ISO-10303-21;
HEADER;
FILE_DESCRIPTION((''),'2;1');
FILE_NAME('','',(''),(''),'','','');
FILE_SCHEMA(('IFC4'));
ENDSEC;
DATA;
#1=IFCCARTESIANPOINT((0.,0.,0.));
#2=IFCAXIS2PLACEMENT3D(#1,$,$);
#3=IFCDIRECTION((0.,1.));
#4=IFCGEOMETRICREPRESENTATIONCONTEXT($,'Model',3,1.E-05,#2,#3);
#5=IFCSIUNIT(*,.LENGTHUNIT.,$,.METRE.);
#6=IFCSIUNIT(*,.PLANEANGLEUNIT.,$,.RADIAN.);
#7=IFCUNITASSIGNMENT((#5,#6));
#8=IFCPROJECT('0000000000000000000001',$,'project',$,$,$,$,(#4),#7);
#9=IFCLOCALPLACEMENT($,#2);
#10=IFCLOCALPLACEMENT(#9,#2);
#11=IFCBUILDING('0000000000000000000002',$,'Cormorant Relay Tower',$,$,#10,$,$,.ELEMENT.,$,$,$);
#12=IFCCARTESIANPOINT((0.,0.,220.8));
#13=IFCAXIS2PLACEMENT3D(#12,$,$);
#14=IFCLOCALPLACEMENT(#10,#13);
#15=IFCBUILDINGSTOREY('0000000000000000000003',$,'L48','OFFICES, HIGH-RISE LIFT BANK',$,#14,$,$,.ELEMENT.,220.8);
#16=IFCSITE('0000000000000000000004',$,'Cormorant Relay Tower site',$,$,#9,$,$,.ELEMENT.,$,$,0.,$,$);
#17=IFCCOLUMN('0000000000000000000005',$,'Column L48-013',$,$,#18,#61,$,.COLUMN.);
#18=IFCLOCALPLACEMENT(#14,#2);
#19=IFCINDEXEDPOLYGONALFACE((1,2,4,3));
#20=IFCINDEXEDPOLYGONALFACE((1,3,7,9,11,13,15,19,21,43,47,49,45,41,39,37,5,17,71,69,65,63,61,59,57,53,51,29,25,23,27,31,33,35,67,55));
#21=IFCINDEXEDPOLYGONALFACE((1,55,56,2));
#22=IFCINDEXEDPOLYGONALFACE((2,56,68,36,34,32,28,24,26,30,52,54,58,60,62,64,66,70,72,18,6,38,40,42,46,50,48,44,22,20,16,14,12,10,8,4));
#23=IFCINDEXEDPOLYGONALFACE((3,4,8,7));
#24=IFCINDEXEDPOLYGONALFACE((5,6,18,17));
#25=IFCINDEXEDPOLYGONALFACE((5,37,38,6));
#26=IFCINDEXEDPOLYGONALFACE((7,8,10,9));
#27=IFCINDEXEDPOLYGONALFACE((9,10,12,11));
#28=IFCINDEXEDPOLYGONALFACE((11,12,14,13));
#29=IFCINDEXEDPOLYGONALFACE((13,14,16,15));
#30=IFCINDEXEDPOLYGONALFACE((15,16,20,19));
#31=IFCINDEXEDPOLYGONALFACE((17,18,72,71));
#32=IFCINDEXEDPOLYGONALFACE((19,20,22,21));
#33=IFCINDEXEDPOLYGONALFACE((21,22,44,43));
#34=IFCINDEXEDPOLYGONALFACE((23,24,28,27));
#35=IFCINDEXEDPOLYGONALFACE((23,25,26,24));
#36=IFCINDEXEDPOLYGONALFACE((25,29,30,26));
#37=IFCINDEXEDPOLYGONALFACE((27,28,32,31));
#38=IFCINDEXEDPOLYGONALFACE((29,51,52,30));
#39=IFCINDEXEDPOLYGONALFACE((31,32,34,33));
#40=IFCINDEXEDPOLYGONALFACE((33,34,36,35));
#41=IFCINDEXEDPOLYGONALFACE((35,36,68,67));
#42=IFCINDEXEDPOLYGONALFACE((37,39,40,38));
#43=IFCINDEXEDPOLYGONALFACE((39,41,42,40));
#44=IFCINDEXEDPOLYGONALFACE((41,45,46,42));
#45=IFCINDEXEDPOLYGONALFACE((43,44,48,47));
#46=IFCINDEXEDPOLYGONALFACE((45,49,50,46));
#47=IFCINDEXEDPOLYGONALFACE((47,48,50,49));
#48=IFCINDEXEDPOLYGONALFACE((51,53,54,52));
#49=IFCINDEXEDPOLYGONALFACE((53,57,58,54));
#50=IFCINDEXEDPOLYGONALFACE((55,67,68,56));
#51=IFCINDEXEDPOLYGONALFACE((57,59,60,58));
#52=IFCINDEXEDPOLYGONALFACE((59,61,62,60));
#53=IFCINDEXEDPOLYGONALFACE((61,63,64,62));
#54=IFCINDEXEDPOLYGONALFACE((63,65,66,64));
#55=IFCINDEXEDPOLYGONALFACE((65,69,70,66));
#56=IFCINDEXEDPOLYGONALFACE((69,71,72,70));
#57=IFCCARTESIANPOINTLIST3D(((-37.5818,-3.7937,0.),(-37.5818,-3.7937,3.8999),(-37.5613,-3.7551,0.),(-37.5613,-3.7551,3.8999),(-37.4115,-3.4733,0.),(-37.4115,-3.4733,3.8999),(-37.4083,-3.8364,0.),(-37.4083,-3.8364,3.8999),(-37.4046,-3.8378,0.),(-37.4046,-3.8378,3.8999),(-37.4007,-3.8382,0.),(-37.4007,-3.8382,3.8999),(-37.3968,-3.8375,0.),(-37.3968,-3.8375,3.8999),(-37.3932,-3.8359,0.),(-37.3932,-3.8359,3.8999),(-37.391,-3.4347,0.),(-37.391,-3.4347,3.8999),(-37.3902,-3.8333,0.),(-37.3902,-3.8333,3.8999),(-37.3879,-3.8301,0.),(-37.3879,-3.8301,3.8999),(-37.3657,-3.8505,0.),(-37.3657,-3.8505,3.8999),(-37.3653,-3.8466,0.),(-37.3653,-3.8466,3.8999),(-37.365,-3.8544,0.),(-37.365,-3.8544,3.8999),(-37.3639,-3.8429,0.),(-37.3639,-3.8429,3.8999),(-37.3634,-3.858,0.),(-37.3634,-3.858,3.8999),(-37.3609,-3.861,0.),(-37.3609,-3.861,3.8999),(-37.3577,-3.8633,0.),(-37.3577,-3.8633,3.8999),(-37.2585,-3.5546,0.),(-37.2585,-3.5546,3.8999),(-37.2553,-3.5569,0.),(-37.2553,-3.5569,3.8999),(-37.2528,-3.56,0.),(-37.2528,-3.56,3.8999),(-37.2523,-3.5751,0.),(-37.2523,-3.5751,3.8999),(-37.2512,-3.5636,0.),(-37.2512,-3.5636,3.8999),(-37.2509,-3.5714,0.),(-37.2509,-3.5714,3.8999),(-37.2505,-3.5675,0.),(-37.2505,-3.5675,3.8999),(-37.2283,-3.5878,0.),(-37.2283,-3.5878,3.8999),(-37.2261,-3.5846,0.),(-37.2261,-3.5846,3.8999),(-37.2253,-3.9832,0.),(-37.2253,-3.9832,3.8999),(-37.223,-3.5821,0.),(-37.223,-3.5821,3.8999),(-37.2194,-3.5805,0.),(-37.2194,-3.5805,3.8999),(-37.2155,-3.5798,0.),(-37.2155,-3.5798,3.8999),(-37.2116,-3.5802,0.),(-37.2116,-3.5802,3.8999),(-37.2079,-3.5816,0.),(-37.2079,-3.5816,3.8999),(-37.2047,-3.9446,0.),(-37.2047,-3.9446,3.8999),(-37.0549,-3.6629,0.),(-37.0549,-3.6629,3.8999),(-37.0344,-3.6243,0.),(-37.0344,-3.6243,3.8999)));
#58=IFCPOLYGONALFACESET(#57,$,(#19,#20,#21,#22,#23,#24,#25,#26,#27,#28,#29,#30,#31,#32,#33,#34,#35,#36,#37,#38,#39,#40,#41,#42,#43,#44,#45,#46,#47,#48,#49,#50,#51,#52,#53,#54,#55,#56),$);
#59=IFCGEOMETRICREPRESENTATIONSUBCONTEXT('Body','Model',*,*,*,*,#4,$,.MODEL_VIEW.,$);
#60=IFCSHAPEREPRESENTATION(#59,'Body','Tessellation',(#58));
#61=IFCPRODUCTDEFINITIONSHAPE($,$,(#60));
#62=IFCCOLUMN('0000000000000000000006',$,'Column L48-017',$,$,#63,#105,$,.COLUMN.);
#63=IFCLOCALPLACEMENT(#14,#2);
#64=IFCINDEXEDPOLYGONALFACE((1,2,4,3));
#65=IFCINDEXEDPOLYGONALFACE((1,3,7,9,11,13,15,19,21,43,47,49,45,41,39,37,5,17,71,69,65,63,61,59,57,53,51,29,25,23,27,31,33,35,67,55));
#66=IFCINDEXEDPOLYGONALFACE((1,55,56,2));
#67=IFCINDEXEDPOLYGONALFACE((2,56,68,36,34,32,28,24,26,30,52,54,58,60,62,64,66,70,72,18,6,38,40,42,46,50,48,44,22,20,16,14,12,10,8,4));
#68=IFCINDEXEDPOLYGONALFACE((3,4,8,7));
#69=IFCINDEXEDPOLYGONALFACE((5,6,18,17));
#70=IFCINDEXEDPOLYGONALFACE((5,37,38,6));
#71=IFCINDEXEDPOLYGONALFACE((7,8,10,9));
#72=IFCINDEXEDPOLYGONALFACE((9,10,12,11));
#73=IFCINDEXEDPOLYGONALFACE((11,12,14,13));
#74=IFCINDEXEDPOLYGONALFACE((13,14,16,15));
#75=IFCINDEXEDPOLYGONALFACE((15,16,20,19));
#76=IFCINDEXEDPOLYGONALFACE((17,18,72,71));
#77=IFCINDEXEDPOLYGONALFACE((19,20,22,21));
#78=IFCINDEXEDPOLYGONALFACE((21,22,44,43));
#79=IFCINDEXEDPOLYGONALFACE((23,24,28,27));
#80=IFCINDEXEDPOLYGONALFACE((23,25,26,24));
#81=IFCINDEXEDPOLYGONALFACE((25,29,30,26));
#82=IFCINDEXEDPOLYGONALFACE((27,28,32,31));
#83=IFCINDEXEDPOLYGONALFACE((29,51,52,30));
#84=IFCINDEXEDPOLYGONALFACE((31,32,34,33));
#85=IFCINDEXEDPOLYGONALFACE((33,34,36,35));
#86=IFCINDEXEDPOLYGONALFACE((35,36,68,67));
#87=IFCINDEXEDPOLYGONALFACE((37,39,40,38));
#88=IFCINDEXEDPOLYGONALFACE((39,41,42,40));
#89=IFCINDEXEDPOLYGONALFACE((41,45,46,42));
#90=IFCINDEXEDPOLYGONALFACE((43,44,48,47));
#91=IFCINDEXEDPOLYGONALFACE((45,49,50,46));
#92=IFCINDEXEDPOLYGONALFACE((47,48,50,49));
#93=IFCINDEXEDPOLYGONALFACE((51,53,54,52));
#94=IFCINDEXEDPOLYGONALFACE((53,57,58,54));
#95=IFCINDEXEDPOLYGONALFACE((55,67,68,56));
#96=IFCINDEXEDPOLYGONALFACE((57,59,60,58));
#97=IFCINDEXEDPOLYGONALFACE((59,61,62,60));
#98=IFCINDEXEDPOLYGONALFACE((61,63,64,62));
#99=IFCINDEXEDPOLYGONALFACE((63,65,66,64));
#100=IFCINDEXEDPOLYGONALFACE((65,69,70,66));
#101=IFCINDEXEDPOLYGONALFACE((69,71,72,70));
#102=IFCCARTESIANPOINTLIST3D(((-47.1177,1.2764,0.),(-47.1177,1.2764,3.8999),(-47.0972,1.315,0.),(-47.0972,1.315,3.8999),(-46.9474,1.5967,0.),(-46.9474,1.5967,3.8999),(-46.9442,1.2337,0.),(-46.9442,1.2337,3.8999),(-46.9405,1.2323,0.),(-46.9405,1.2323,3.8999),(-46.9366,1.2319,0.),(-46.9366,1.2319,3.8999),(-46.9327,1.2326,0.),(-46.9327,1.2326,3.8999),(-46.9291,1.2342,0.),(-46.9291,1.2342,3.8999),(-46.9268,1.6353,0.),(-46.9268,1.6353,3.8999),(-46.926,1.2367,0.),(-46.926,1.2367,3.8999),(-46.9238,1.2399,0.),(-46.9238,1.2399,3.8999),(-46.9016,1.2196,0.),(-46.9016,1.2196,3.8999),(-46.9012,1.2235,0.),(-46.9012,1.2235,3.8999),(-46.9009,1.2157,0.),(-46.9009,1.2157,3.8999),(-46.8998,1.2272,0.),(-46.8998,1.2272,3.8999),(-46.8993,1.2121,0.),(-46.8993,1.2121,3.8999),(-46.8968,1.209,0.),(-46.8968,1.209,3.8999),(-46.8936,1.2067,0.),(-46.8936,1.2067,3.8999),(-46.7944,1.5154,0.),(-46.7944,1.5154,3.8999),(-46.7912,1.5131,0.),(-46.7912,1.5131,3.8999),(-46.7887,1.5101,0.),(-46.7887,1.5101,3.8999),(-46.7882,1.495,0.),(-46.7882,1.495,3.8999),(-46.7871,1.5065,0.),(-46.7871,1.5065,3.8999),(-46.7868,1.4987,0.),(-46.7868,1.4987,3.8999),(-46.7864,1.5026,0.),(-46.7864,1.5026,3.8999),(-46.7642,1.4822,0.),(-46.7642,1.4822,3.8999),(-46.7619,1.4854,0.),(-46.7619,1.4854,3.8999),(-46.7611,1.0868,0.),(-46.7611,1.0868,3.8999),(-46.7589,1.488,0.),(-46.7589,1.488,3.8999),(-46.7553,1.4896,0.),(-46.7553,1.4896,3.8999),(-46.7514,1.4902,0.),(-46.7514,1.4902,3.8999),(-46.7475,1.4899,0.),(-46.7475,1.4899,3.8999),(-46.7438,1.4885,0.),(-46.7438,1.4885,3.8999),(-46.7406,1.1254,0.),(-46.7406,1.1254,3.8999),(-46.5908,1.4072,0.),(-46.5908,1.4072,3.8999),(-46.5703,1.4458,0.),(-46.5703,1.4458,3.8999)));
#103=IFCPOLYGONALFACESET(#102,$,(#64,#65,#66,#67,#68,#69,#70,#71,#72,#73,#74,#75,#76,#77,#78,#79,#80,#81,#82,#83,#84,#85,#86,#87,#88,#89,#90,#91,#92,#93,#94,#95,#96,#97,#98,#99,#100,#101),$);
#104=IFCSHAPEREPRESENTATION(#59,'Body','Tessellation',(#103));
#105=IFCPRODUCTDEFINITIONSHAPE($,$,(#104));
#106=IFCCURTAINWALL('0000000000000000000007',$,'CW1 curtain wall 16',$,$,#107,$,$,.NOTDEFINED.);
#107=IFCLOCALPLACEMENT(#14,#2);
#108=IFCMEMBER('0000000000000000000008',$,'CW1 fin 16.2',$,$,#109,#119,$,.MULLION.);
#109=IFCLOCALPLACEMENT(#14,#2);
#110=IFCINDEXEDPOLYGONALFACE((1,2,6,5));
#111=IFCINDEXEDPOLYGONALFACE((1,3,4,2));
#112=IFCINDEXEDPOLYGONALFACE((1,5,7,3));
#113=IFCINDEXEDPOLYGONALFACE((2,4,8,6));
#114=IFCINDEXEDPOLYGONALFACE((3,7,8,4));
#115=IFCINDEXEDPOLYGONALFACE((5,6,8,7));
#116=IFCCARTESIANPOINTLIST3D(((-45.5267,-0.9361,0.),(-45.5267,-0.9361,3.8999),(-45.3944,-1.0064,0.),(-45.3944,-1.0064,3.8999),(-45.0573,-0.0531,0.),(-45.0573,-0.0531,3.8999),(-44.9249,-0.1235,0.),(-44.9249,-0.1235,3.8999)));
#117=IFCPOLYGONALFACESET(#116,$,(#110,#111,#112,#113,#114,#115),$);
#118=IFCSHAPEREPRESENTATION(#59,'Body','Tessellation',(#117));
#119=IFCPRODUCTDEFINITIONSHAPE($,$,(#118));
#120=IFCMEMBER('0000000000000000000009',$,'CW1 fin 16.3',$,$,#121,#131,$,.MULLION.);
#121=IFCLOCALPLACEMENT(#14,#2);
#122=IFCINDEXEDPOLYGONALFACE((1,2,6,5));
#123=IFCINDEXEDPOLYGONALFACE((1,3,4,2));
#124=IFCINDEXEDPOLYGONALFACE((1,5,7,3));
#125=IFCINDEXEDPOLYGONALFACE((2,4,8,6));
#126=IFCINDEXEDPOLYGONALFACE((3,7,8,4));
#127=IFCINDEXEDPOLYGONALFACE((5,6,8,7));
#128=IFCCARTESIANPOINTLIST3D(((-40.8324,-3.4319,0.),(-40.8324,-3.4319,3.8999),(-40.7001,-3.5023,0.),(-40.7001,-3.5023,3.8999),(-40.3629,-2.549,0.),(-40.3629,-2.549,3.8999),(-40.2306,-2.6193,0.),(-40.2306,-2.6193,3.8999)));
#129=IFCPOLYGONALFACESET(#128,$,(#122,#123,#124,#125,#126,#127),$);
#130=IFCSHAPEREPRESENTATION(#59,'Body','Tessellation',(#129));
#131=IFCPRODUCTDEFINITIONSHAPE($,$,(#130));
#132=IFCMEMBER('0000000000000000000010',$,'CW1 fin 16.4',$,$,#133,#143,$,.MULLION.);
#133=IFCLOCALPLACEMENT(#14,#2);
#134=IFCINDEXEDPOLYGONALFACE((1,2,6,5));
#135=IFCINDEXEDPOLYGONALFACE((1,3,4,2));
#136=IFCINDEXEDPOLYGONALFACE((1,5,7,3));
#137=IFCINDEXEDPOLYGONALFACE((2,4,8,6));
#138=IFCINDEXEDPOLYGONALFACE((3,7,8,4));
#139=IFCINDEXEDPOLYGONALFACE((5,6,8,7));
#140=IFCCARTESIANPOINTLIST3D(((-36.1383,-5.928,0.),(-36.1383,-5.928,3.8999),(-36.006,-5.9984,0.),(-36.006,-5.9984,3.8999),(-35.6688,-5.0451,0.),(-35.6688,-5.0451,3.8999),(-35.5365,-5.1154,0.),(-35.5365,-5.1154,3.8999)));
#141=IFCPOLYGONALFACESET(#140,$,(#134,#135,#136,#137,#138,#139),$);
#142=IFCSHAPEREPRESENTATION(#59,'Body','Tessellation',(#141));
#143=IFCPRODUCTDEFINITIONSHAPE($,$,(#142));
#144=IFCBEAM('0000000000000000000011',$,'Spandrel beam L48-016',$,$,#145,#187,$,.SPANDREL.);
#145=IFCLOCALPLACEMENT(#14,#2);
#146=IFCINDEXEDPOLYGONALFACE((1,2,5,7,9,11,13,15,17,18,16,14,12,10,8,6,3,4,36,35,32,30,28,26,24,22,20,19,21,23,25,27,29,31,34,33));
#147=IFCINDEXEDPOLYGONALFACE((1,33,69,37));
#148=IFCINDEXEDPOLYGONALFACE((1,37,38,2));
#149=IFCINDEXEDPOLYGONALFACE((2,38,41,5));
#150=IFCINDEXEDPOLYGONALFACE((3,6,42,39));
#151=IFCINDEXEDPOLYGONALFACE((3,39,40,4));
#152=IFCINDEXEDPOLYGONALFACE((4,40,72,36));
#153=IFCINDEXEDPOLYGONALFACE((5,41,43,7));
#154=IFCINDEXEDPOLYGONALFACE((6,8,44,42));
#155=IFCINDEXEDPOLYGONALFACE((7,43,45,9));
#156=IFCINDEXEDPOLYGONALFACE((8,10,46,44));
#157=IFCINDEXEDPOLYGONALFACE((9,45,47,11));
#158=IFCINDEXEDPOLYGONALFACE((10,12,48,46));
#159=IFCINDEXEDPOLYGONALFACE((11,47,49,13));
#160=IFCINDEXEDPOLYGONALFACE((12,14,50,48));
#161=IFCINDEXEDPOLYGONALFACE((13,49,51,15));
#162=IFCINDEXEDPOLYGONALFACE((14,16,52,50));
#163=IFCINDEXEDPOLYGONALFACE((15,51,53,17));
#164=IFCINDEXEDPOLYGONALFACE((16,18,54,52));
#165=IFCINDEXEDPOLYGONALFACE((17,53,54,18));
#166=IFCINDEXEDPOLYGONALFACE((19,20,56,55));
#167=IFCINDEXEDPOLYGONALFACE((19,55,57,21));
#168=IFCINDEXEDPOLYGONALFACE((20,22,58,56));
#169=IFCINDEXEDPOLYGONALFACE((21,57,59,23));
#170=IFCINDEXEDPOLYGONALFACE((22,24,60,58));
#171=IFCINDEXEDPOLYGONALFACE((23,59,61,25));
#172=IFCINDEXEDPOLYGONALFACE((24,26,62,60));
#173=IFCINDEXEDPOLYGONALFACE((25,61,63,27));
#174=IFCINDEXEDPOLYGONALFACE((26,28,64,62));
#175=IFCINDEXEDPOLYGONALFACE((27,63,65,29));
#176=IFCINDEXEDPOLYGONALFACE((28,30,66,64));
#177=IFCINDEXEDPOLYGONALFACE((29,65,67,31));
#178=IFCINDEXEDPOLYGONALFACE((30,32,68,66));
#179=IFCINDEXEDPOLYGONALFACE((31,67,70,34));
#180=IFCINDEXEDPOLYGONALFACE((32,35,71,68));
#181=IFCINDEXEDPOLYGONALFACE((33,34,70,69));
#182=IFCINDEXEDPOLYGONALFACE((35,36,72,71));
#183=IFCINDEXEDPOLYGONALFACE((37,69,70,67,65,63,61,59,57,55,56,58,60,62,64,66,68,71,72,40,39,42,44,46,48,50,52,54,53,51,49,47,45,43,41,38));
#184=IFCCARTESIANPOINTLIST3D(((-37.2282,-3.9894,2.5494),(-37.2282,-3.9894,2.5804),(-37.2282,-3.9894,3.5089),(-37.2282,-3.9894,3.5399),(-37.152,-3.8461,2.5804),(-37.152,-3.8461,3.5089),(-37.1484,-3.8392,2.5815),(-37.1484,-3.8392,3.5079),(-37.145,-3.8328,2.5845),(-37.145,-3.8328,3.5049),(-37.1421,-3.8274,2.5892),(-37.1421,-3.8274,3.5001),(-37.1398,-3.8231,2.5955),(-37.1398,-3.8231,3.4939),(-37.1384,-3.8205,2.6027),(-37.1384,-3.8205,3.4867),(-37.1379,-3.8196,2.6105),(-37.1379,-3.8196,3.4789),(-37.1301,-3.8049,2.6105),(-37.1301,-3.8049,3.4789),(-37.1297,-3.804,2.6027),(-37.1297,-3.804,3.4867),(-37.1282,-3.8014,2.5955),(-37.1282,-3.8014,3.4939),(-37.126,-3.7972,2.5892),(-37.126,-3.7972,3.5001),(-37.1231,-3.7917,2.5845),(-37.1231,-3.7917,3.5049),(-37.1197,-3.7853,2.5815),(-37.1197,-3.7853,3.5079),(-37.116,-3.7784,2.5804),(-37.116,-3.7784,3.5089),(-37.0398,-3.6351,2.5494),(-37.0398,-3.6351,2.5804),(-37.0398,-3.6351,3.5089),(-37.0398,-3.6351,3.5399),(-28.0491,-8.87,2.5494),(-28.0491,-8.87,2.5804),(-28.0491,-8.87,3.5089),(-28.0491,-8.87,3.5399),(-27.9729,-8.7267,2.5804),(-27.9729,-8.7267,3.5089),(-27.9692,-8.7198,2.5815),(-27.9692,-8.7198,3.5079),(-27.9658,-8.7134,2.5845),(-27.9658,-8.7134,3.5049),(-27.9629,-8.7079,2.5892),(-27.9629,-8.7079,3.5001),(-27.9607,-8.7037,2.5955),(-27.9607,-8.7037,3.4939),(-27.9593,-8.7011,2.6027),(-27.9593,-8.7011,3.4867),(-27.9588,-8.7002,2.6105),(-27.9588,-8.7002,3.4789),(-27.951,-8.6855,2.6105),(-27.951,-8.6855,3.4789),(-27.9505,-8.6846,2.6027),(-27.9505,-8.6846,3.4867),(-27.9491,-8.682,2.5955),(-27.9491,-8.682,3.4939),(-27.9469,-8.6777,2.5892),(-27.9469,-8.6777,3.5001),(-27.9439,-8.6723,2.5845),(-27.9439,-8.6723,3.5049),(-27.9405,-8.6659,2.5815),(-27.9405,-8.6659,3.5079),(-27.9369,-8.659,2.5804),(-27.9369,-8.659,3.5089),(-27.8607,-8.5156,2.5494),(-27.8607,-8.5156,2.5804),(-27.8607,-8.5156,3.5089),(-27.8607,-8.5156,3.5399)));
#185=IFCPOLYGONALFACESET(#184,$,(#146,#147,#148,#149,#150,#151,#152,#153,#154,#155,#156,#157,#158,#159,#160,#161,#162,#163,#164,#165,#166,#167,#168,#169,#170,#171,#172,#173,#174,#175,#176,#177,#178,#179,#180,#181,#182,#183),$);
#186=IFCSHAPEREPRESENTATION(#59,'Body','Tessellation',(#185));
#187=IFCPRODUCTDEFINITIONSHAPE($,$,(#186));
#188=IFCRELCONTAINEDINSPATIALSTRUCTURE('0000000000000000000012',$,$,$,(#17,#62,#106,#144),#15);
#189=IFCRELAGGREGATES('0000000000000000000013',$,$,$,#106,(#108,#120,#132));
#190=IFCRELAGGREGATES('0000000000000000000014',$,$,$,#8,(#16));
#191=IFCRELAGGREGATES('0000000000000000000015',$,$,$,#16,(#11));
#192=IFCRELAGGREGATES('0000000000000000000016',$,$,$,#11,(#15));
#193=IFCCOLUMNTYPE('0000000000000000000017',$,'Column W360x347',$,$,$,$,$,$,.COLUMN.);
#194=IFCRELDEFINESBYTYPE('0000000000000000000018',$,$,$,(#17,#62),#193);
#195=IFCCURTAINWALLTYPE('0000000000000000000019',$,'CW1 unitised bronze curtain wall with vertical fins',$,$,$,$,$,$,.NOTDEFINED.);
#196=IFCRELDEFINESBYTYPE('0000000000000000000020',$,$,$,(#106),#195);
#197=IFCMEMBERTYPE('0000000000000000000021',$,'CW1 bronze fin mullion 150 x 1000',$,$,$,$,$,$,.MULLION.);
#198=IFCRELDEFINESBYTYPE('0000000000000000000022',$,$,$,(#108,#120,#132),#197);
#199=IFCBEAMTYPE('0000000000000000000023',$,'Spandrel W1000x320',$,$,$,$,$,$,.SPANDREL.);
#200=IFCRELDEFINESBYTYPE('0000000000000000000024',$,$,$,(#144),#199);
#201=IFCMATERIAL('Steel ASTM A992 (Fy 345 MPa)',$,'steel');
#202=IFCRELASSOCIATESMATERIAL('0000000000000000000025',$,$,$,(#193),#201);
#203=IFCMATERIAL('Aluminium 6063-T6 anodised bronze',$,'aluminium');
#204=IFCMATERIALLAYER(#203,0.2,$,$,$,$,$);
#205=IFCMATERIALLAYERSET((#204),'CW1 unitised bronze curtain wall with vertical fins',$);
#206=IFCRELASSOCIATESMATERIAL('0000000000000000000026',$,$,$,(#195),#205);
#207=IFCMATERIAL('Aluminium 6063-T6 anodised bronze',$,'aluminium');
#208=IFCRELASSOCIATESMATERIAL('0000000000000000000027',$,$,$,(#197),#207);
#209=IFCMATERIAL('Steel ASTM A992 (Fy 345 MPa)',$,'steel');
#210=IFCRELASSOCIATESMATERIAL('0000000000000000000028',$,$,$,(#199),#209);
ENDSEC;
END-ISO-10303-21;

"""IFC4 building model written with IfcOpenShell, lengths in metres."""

from ifc_helpers import new_model, si_unit, direction, frame, origin, origin_2d, place, context, subcontext, project, spatial, rectangle, i_section, extrude, material, layer, layer_set, material_profile, profile_set, type_object, element, aggregate, save


model = new_model("IFC4")

# Units and contexts
model_context = context("Model", 3, precision=1e-05, world=origin(), true_north=direction((0.0, 1.0)))
body_context = subcontext(model_context, "Body", "Model", "MODEL_VIEW")
ifc_project = project(units=[si_unit("LENGTHUNIT", "METRE"), si_unit("PLANEANGLEUNIT", "RADIAN")], contexts=[model_context])

# Site, building, storey
site_placement = place(None, origin())
site = spatial("IfcSite", under=ifc_project, at=site_placement, Name="Cormorant Relay Tower site", CompositionType="ELEMENT", RefElevation=0.0)
building_placement = place(site_placement, origin())
building = spatial("IfcBuilding", under=site, at=building_placement, Name="Cormorant Relay Tower", CompositionType="ELEMENT")
storey_placement = place(building_placement, frame((0.0, 0.0, 220.8)))
storey = spatial("IfcBuildingStorey", under=building, at=storey_placement, Name="L48", Description="OFFICES, HIGH-RISE LIFT BANK", CompositionType="ELEMENT", Elevation=220.8)

# Columns
ifc_material_1 = material(Name="Steel ASTM A992 (Fy 345 MPa)", Category="steel")
ifc_material_profile_1 = material_profile(ifc_material_1, i_section(OverallWidth=0.4038, OverallDepth=0.4065, WebThickness=0.0271, FlangeThickness=0.0437, FilletRadius=0.0151, at=origin_2d()), Name="W360x347")
ifc_profile_set_1 = profile_set([ifc_material_profile_1], Name="Steel ASTM A992 (Fy 345 MPa)")
column_type = type_object("IfcColumnType", Name="Column W360x347", PredefinedType="COLUMN", material=ifc_profile_set_1)
for number, where, z_axis, x_axis, name in (
    (1, (-37.3081, -3.709, 0.0), (0.0, 0.0, 1.0), (0.882948, -0.469472, 0.0), "Column L48-013"),
    (2, (-46.844, 1.3611, 0.0), (0.0, 0.0, 1.0), (0.882948, -0.469472, 0.0), "Column L48-017"),
):
    element("IfcColumn", number, at=place(storey_placement, frame(where, z_axis=z_axis, x_axis=x_axis)), inside=storey, type_object=column_type, Name=name, PredefinedType="COLUMN", context=body_context, shape_type="SweptSolid", body=[
        extrude(i_section(OverallWidth=0.4038, OverallDepth=0.4065, WebThickness=0.0271, FlangeThickness=0.0437, FilletRadius=0.0151, at=origin_2d()), origin(), (0.0, 0.0, 1.0), 3.8999),
    ])

# Curtain wall, members
ifc_material_2 = material(Name="Aluminium 6063-T6 anodised bronze", Category="aluminium")
ifc_layer_1 = layer(ifc_material_2, 0.2)
ifc_layer_set_1 = layer_set([ifc_layer_1], Name="CW1 unitised bronze curtain wall with vertical fins")
curtain_wall_type = type_object("IfcCurtainWallType", Name="CW1 unitised bronze curtain wall with vertical fins", PredefinedType="NOTDEFINED", material=ifc_layer_set_1)
curtain_wall_placement = place(storey_placement, origin())
curtain_wall = element("IfcCurtainWall", 3, at=curtain_wall_placement, inside=storey, type_object=curtain_wall_type, Name="CW1 curtain wall 16", PredefinedType="NOTDEFINED")
ifc_material_3 = material(Name="Aluminium 6063-T6 anodised bronze", Category="aluminium")
ifc_material_profile_2 = material_profile(ifc_material_3, rectangle(XDim=0.1499, YDim=1.0, at=origin_2d()), Name="AL 150x1000")
ifc_profile_set_2 = profile_set([ifc_material_profile_2], Name="Aluminium 6063-T6 anodised bronze")
member_type = type_object("IfcMemberType", Name="CW1 bronze fin mullion 150 x 1000", PredefinedType="MULLION", material=ifc_profile_set_2)
member_1_placement = place(storey_placement, frame((-45.2258, -0.5298, 0.0), z_axis=(0.0, 0.0, 1.0), x_axis=(0.882948, -0.469472, 0.0)))
member_1 = element("IfcMember", 4, at=member_1_placement, type_object=member_type, Name="CW1 fin 16.2", PredefinedType="MULLION", context=body_context, shape_type="SweptSolid", body=[
    extrude(rectangle(XDim=0.1499, YDim=1.0, at=origin_2d()), origin(), (0.0, 0.0, 1.0), 3.8999),
])
member_2_placement = place(storey_placement, frame((-40.5315, -3.0256, 0.0), z_axis=(0.0, 0.0, 1.0), x_axis=(0.882948, -0.469472, 0.0)))
member_2 = element("IfcMember", 5, at=member_2_placement, type_object=member_type, Name="CW1 fin 16.3", PredefinedType="MULLION", context=body_context, shape_type="SweptSolid", body=[
    extrude(rectangle(XDim=0.1499, YDim=1.0, at=origin_2d()), origin(), (0.0, 0.0, 1.0), 3.8999),
])
member_3_placement = place(storey_placement, frame((-35.8374, -5.5217, 0.0), z_axis=(0.0, 0.0, 1.0), x_axis=(0.882948, -0.469472, 0.0)))
member_3 = element("IfcMember", 6, at=member_3_placement, type_object=member_type, Name="CW1 fin 16.4", PredefinedType="MULLION", context=body_context, shape_type="SweptSolid", body=[
    extrude(rectangle(XDim=0.1499, YDim=1.0, at=origin_2d()), origin(), (0.0, 0.0, 1.0), 3.8999),
])

# Beam
ifc_material_4 = material(Name="Steel ASTM A992 (Fy 345 MPa)", Category="steel")
ifc_material_profile_3 = material_profile(ifc_material_4, i_section(OverallWidth=0.4014, OverallDepth=0.9905, WebThickness=0.0166, FlangeThickness=0.031, FilletRadius=0.03, at=origin_2d()), Name="W1000x320")
ifc_profile_set_3 = profile_set([ifc_material_profile_3], Name="Steel ASTM A992 (Fy 345 MPa)")
beam_type_1 = type_object("IfcBeamType", Name="Spandrel W1000x320", PredefinedType="SPANDREL", material=ifc_profile_set_3)
beam_1_placement = place(storey_placement, frame((-37.134, -3.8123, 3.0447), z_axis=(0.88295, -0.469468, 0.0), x_axis=(0.469468, 0.88295, 0.0)))
element("IfcBeam", 7, at=beam_1_placement, inside=storey, type_object=beam_type_1, Name="Spandrel beam L48-016", PredefinedType="SPANDREL", context=body_context, shape_type="SweptSolid", body=[
    extrude(i_section(OverallWidth=0.4014, OverallDepth=0.9905, WebThickness=0.0166, FlangeThickness=0.031, FilletRadius=0.03, at=origin_2d()), origin(), (0.0, 0.0, 1.0), 10.396),
])

aggregate(curtain_wall, [member_1, member_2, member_3])

save(model, "model.ifc")
